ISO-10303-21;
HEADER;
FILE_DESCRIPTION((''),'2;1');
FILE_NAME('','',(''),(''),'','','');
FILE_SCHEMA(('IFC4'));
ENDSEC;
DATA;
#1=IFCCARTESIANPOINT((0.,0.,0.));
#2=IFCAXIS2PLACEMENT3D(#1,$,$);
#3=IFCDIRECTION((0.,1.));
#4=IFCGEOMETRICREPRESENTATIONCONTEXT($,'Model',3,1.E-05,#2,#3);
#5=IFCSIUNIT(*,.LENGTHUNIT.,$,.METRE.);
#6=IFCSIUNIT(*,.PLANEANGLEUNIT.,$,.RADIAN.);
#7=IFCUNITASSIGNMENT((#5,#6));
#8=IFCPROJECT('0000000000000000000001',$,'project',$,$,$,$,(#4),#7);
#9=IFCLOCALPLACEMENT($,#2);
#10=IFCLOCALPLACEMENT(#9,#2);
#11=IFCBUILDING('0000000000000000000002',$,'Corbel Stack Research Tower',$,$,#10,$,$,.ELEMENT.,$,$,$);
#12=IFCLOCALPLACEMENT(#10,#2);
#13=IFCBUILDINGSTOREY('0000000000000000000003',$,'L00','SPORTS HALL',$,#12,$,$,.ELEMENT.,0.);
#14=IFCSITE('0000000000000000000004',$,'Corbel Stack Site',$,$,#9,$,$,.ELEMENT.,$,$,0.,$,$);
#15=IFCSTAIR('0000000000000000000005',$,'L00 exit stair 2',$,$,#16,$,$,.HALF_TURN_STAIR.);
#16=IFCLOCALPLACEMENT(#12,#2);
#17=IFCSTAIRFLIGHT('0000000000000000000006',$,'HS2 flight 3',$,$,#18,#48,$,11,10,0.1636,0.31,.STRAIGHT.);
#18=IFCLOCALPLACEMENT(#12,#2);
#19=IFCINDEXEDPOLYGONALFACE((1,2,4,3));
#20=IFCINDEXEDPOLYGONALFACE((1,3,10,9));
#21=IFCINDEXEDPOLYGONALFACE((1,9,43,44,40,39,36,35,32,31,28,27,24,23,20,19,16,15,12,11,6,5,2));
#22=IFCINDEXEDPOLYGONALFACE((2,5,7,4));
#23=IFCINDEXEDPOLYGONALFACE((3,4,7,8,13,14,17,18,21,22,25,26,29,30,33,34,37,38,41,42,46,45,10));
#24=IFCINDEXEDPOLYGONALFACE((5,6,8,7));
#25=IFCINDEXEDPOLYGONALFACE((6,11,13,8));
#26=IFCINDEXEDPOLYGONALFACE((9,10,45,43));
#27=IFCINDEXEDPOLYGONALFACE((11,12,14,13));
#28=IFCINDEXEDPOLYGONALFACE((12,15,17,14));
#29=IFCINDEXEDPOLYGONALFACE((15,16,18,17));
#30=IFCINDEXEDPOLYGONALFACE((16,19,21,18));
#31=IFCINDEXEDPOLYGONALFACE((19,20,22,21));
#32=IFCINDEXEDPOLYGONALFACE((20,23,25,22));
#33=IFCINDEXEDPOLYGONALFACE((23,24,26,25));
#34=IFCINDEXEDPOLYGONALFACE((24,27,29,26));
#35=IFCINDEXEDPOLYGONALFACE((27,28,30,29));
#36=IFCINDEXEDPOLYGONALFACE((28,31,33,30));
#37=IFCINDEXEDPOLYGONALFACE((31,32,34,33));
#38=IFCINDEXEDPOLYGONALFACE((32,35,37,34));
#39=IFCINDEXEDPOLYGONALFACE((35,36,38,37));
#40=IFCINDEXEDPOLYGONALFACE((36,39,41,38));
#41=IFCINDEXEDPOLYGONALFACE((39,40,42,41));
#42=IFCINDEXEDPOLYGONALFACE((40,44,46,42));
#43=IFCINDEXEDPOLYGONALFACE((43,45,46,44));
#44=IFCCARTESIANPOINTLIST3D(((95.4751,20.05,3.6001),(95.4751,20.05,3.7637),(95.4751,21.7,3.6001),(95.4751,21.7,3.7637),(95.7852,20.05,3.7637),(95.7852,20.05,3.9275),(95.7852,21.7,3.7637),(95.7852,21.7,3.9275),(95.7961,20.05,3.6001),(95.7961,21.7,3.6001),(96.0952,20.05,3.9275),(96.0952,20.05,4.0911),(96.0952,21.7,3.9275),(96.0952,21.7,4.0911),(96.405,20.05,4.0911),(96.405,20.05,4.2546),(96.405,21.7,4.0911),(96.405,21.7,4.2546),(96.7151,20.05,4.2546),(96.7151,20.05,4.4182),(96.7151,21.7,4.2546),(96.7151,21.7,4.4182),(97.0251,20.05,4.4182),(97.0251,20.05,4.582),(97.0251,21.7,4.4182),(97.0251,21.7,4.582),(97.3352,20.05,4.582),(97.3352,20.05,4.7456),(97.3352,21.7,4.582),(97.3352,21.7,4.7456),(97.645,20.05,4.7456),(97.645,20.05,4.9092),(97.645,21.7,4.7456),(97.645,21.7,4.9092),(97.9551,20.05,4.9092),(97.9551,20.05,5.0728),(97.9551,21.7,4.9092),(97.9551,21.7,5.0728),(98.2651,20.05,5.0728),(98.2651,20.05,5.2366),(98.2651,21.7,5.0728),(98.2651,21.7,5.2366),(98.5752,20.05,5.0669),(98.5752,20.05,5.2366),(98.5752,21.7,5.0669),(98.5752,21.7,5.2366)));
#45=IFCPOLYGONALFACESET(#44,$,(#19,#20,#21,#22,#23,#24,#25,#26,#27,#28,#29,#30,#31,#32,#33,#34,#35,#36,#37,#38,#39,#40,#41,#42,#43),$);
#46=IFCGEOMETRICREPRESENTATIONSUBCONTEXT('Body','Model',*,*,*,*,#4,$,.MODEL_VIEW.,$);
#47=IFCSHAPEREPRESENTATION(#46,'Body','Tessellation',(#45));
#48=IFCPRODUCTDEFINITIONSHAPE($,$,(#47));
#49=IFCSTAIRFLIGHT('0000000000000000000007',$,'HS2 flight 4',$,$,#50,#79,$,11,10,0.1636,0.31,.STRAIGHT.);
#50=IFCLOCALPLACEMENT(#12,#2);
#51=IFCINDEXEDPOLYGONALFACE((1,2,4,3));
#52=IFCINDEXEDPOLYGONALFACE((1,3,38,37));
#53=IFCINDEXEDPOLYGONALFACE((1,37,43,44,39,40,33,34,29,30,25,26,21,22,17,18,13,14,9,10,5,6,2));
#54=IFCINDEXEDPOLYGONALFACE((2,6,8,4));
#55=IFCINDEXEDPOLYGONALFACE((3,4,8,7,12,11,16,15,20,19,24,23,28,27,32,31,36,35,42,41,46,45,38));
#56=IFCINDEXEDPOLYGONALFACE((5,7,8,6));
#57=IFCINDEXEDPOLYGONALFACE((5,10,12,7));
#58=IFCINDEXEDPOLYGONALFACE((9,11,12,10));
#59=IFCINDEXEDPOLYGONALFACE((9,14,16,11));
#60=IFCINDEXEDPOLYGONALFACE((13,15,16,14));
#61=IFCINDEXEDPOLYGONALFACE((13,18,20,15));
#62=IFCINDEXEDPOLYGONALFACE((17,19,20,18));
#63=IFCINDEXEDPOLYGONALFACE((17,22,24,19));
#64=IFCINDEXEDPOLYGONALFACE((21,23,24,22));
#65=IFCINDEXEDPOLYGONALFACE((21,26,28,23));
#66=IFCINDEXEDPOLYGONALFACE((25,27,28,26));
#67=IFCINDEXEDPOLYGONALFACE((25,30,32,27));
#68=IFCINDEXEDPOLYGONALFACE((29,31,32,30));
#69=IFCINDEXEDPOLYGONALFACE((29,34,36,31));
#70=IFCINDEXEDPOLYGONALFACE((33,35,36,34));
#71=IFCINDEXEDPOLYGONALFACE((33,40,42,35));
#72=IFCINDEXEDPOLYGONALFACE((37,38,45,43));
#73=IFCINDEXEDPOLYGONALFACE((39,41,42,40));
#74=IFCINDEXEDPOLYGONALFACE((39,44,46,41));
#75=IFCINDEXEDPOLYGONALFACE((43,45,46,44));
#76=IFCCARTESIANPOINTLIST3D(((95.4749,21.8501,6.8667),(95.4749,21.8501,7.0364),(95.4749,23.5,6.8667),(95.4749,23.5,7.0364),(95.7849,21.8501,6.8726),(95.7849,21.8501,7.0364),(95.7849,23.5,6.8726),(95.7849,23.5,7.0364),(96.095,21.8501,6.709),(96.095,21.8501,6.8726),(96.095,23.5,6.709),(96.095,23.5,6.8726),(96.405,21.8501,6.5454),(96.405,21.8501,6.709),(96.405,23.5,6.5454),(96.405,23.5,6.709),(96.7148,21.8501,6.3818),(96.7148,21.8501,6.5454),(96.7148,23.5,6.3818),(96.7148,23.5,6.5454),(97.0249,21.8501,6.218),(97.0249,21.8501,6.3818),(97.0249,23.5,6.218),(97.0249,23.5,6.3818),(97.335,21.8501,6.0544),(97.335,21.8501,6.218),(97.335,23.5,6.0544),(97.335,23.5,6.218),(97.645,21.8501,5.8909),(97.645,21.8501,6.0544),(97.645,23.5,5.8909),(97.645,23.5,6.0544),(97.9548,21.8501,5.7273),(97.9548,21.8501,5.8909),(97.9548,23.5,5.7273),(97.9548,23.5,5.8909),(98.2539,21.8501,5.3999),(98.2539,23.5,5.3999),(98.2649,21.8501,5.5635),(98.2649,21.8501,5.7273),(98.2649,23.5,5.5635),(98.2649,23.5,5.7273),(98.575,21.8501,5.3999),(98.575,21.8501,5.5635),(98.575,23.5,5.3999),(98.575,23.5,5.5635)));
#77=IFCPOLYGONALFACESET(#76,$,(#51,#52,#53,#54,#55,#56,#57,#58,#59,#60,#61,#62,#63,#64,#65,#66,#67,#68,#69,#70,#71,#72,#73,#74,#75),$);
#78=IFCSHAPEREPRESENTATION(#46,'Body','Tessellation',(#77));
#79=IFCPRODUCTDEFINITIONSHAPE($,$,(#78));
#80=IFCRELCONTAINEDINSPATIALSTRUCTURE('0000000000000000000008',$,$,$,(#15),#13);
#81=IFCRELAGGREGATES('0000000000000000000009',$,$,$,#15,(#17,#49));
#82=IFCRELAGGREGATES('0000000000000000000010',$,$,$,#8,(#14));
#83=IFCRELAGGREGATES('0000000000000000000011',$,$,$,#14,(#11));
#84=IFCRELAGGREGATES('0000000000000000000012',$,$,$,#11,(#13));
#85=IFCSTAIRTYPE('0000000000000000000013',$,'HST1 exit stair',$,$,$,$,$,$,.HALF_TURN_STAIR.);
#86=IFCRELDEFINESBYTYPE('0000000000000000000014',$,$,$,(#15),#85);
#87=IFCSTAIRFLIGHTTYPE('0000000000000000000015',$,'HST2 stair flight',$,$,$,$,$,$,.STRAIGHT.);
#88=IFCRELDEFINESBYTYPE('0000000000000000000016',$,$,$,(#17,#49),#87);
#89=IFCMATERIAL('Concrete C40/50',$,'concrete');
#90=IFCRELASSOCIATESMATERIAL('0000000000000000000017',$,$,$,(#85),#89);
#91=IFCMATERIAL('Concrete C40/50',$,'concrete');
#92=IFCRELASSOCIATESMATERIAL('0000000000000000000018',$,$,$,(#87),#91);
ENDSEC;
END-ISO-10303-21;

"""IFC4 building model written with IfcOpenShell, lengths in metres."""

from ifc_helpers import new_model, si_unit, direction, frame, origin, place, context, subcontext, project, spatial, polyline, outline, extrude, material, type_object, element, aggregate, save


model = new_model("IFC4")

# Units and contexts
model_context = context("Model", 3, precision=1e-05, world=origin(), true_north=direction((0.0, 1.0)))
body_context = subcontext(model_context, "Body", "Model", "MODEL_VIEW")
ifc_project = project(units=[si_unit("LENGTHUNIT", "METRE"), si_unit("PLANEANGLEUNIT", "RADIAN")], contexts=[model_context])

# Site, building, storey
site_placement = place(None, origin())
site = spatial("IfcSite", under=ifc_project, at=site_placement, Name="Corbel Stack Site", CompositionType="ELEMENT", RefElevation=0.0)
building_placement = place(site_placement, origin())
building = spatial("IfcBuilding", under=site, at=building_placement, Name="Corbel Stack Research Tower", CompositionType="ELEMENT")
storey_placement = place(building_placement, origin())
storey = spatial("IfcBuildingStorey", under=building, at=storey_placement, Name="L00", Description="SPORTS HALL", CompositionType="ELEMENT", Elevation=0.0)

# Stair, stair flights
ifc_material_1 = material(Name="Concrete C40/50", Category="concrete")
stair_type = type_object("IfcStairType", Name="HST1 exit stair", PredefinedType="HALF_TURN_STAIR", material=ifc_material_1)
stair_placement = place(storey_placement, origin())
stair = element("IfcStair", 1, at=stair_placement, inside=storey, type_object=stair_type, Name="L00 exit stair 2", PredefinedType="HALF_TURN_STAIR")
ifc_material_2 = material(Name="Concrete C40/50", Category="concrete")
stair_flight_type = type_object("IfcStairFlightType", Name="HST2 stair flight", PredefinedType="STRAIGHT", material=ifc_material_2)
stair_flight_1_placement = place(storey_placement, frame((95.4751, 20.875, 3.6001), z_axis=(0.0, 0.0, 1.0), x_axis=(1.0, 0.0, 0.0)))
stair_flight_1 = element("IfcStairFlight", 2, at=stair_flight_1_placement, type_object=stair_flight_type, Name="HS2 flight 3", NumberOfRisers=11, NumberOfTreads=10, PredefinedType="STRAIGHT", RiserHeight=0.1636, TreadLength=0.31, context=body_context, shape_type="SweptSolid", body=[
    extrude(outline(polyline([(0.0, 0.0), (0.0, 0.1636), (0.3101, 0.1636), (0.3101, 0.3274), (0.6201, 0.3274), (0.6201, 0.491), (0.9299, 0.491), (0.9299, 0.6545), (1.24, 0.6545), (1.24, 0.8181), (1.55, 0.8181), (1.55, 0.9819), (1.8601, 0.9819), (1.8601, 1.1455), (2.1699, 1.1455), (2.1699, 1.3091), (2.48, 1.3091), (2.48, 1.4727), (2.79, 1.4727), (2.79, 1.6365), (3.1001, 1.6365), (3.1001, 1.8), (3.1001, 1.4668), (0.321, 0.0), (0.0, 0.0)])), frame((0.0, 0.825, 0.0), z_axis=(0.0, -1.0, 0.0), x_axis=(1.0, 0.0, 0.0)), (0.0, 0.0, 1.0), 1.6499),
])
stair_flight_2_placement = place(storey_placement, frame((98.575, 22.675, 5.3999), z_axis=(0.0, 0.0, 1.0), x_axis=(-1.0, 0.0, 0.0)))
stair_flight_2 = element("IfcStairFlight", 3, at=stair_flight_2_placement, type_object=stair_flight_type, Name="HS2 flight 4", NumberOfRisers=11, NumberOfTreads=10, PredefinedType="STRAIGHT", RiserHeight=0.1636, TreadLength=0.31, context=body_context, shape_type="SweptSolid", body=[
    extrude(outline(polyline([(0.0, 0.0), (0.0, 0.1636), (0.3101, 0.1636), (0.3101, 0.3274), (0.6201, 0.3274), (0.6201, 0.491), (0.9299, 0.491), (0.9299, 0.6545), (1.24, 0.6545), (1.24, 0.8181), (1.55, 0.8181), (1.55, 0.9819), (1.8601, 0.9819), (1.8601, 1.1455), (2.1699, 1.1455), (2.1699, 1.3091), (2.48, 1.3091), (2.48, 1.4727), (2.79, 1.4727), (2.79, 1.6365), (3.1001, 1.6365), (3.1001, 1.8), (3.1001, 1.4668), (0.321, 0.0), (0.0, 0.0)])), frame((0.0, 0.825, 0.0), z_axis=(0.0, -1.0, 0.0), x_axis=(1.0, 0.0, 0.0)), (0.0, 0.0, 1.0), 1.6499),
])
aggregate(stair, [stair_flight_1, stair_flight_2])

save(model, "model.ifc")
